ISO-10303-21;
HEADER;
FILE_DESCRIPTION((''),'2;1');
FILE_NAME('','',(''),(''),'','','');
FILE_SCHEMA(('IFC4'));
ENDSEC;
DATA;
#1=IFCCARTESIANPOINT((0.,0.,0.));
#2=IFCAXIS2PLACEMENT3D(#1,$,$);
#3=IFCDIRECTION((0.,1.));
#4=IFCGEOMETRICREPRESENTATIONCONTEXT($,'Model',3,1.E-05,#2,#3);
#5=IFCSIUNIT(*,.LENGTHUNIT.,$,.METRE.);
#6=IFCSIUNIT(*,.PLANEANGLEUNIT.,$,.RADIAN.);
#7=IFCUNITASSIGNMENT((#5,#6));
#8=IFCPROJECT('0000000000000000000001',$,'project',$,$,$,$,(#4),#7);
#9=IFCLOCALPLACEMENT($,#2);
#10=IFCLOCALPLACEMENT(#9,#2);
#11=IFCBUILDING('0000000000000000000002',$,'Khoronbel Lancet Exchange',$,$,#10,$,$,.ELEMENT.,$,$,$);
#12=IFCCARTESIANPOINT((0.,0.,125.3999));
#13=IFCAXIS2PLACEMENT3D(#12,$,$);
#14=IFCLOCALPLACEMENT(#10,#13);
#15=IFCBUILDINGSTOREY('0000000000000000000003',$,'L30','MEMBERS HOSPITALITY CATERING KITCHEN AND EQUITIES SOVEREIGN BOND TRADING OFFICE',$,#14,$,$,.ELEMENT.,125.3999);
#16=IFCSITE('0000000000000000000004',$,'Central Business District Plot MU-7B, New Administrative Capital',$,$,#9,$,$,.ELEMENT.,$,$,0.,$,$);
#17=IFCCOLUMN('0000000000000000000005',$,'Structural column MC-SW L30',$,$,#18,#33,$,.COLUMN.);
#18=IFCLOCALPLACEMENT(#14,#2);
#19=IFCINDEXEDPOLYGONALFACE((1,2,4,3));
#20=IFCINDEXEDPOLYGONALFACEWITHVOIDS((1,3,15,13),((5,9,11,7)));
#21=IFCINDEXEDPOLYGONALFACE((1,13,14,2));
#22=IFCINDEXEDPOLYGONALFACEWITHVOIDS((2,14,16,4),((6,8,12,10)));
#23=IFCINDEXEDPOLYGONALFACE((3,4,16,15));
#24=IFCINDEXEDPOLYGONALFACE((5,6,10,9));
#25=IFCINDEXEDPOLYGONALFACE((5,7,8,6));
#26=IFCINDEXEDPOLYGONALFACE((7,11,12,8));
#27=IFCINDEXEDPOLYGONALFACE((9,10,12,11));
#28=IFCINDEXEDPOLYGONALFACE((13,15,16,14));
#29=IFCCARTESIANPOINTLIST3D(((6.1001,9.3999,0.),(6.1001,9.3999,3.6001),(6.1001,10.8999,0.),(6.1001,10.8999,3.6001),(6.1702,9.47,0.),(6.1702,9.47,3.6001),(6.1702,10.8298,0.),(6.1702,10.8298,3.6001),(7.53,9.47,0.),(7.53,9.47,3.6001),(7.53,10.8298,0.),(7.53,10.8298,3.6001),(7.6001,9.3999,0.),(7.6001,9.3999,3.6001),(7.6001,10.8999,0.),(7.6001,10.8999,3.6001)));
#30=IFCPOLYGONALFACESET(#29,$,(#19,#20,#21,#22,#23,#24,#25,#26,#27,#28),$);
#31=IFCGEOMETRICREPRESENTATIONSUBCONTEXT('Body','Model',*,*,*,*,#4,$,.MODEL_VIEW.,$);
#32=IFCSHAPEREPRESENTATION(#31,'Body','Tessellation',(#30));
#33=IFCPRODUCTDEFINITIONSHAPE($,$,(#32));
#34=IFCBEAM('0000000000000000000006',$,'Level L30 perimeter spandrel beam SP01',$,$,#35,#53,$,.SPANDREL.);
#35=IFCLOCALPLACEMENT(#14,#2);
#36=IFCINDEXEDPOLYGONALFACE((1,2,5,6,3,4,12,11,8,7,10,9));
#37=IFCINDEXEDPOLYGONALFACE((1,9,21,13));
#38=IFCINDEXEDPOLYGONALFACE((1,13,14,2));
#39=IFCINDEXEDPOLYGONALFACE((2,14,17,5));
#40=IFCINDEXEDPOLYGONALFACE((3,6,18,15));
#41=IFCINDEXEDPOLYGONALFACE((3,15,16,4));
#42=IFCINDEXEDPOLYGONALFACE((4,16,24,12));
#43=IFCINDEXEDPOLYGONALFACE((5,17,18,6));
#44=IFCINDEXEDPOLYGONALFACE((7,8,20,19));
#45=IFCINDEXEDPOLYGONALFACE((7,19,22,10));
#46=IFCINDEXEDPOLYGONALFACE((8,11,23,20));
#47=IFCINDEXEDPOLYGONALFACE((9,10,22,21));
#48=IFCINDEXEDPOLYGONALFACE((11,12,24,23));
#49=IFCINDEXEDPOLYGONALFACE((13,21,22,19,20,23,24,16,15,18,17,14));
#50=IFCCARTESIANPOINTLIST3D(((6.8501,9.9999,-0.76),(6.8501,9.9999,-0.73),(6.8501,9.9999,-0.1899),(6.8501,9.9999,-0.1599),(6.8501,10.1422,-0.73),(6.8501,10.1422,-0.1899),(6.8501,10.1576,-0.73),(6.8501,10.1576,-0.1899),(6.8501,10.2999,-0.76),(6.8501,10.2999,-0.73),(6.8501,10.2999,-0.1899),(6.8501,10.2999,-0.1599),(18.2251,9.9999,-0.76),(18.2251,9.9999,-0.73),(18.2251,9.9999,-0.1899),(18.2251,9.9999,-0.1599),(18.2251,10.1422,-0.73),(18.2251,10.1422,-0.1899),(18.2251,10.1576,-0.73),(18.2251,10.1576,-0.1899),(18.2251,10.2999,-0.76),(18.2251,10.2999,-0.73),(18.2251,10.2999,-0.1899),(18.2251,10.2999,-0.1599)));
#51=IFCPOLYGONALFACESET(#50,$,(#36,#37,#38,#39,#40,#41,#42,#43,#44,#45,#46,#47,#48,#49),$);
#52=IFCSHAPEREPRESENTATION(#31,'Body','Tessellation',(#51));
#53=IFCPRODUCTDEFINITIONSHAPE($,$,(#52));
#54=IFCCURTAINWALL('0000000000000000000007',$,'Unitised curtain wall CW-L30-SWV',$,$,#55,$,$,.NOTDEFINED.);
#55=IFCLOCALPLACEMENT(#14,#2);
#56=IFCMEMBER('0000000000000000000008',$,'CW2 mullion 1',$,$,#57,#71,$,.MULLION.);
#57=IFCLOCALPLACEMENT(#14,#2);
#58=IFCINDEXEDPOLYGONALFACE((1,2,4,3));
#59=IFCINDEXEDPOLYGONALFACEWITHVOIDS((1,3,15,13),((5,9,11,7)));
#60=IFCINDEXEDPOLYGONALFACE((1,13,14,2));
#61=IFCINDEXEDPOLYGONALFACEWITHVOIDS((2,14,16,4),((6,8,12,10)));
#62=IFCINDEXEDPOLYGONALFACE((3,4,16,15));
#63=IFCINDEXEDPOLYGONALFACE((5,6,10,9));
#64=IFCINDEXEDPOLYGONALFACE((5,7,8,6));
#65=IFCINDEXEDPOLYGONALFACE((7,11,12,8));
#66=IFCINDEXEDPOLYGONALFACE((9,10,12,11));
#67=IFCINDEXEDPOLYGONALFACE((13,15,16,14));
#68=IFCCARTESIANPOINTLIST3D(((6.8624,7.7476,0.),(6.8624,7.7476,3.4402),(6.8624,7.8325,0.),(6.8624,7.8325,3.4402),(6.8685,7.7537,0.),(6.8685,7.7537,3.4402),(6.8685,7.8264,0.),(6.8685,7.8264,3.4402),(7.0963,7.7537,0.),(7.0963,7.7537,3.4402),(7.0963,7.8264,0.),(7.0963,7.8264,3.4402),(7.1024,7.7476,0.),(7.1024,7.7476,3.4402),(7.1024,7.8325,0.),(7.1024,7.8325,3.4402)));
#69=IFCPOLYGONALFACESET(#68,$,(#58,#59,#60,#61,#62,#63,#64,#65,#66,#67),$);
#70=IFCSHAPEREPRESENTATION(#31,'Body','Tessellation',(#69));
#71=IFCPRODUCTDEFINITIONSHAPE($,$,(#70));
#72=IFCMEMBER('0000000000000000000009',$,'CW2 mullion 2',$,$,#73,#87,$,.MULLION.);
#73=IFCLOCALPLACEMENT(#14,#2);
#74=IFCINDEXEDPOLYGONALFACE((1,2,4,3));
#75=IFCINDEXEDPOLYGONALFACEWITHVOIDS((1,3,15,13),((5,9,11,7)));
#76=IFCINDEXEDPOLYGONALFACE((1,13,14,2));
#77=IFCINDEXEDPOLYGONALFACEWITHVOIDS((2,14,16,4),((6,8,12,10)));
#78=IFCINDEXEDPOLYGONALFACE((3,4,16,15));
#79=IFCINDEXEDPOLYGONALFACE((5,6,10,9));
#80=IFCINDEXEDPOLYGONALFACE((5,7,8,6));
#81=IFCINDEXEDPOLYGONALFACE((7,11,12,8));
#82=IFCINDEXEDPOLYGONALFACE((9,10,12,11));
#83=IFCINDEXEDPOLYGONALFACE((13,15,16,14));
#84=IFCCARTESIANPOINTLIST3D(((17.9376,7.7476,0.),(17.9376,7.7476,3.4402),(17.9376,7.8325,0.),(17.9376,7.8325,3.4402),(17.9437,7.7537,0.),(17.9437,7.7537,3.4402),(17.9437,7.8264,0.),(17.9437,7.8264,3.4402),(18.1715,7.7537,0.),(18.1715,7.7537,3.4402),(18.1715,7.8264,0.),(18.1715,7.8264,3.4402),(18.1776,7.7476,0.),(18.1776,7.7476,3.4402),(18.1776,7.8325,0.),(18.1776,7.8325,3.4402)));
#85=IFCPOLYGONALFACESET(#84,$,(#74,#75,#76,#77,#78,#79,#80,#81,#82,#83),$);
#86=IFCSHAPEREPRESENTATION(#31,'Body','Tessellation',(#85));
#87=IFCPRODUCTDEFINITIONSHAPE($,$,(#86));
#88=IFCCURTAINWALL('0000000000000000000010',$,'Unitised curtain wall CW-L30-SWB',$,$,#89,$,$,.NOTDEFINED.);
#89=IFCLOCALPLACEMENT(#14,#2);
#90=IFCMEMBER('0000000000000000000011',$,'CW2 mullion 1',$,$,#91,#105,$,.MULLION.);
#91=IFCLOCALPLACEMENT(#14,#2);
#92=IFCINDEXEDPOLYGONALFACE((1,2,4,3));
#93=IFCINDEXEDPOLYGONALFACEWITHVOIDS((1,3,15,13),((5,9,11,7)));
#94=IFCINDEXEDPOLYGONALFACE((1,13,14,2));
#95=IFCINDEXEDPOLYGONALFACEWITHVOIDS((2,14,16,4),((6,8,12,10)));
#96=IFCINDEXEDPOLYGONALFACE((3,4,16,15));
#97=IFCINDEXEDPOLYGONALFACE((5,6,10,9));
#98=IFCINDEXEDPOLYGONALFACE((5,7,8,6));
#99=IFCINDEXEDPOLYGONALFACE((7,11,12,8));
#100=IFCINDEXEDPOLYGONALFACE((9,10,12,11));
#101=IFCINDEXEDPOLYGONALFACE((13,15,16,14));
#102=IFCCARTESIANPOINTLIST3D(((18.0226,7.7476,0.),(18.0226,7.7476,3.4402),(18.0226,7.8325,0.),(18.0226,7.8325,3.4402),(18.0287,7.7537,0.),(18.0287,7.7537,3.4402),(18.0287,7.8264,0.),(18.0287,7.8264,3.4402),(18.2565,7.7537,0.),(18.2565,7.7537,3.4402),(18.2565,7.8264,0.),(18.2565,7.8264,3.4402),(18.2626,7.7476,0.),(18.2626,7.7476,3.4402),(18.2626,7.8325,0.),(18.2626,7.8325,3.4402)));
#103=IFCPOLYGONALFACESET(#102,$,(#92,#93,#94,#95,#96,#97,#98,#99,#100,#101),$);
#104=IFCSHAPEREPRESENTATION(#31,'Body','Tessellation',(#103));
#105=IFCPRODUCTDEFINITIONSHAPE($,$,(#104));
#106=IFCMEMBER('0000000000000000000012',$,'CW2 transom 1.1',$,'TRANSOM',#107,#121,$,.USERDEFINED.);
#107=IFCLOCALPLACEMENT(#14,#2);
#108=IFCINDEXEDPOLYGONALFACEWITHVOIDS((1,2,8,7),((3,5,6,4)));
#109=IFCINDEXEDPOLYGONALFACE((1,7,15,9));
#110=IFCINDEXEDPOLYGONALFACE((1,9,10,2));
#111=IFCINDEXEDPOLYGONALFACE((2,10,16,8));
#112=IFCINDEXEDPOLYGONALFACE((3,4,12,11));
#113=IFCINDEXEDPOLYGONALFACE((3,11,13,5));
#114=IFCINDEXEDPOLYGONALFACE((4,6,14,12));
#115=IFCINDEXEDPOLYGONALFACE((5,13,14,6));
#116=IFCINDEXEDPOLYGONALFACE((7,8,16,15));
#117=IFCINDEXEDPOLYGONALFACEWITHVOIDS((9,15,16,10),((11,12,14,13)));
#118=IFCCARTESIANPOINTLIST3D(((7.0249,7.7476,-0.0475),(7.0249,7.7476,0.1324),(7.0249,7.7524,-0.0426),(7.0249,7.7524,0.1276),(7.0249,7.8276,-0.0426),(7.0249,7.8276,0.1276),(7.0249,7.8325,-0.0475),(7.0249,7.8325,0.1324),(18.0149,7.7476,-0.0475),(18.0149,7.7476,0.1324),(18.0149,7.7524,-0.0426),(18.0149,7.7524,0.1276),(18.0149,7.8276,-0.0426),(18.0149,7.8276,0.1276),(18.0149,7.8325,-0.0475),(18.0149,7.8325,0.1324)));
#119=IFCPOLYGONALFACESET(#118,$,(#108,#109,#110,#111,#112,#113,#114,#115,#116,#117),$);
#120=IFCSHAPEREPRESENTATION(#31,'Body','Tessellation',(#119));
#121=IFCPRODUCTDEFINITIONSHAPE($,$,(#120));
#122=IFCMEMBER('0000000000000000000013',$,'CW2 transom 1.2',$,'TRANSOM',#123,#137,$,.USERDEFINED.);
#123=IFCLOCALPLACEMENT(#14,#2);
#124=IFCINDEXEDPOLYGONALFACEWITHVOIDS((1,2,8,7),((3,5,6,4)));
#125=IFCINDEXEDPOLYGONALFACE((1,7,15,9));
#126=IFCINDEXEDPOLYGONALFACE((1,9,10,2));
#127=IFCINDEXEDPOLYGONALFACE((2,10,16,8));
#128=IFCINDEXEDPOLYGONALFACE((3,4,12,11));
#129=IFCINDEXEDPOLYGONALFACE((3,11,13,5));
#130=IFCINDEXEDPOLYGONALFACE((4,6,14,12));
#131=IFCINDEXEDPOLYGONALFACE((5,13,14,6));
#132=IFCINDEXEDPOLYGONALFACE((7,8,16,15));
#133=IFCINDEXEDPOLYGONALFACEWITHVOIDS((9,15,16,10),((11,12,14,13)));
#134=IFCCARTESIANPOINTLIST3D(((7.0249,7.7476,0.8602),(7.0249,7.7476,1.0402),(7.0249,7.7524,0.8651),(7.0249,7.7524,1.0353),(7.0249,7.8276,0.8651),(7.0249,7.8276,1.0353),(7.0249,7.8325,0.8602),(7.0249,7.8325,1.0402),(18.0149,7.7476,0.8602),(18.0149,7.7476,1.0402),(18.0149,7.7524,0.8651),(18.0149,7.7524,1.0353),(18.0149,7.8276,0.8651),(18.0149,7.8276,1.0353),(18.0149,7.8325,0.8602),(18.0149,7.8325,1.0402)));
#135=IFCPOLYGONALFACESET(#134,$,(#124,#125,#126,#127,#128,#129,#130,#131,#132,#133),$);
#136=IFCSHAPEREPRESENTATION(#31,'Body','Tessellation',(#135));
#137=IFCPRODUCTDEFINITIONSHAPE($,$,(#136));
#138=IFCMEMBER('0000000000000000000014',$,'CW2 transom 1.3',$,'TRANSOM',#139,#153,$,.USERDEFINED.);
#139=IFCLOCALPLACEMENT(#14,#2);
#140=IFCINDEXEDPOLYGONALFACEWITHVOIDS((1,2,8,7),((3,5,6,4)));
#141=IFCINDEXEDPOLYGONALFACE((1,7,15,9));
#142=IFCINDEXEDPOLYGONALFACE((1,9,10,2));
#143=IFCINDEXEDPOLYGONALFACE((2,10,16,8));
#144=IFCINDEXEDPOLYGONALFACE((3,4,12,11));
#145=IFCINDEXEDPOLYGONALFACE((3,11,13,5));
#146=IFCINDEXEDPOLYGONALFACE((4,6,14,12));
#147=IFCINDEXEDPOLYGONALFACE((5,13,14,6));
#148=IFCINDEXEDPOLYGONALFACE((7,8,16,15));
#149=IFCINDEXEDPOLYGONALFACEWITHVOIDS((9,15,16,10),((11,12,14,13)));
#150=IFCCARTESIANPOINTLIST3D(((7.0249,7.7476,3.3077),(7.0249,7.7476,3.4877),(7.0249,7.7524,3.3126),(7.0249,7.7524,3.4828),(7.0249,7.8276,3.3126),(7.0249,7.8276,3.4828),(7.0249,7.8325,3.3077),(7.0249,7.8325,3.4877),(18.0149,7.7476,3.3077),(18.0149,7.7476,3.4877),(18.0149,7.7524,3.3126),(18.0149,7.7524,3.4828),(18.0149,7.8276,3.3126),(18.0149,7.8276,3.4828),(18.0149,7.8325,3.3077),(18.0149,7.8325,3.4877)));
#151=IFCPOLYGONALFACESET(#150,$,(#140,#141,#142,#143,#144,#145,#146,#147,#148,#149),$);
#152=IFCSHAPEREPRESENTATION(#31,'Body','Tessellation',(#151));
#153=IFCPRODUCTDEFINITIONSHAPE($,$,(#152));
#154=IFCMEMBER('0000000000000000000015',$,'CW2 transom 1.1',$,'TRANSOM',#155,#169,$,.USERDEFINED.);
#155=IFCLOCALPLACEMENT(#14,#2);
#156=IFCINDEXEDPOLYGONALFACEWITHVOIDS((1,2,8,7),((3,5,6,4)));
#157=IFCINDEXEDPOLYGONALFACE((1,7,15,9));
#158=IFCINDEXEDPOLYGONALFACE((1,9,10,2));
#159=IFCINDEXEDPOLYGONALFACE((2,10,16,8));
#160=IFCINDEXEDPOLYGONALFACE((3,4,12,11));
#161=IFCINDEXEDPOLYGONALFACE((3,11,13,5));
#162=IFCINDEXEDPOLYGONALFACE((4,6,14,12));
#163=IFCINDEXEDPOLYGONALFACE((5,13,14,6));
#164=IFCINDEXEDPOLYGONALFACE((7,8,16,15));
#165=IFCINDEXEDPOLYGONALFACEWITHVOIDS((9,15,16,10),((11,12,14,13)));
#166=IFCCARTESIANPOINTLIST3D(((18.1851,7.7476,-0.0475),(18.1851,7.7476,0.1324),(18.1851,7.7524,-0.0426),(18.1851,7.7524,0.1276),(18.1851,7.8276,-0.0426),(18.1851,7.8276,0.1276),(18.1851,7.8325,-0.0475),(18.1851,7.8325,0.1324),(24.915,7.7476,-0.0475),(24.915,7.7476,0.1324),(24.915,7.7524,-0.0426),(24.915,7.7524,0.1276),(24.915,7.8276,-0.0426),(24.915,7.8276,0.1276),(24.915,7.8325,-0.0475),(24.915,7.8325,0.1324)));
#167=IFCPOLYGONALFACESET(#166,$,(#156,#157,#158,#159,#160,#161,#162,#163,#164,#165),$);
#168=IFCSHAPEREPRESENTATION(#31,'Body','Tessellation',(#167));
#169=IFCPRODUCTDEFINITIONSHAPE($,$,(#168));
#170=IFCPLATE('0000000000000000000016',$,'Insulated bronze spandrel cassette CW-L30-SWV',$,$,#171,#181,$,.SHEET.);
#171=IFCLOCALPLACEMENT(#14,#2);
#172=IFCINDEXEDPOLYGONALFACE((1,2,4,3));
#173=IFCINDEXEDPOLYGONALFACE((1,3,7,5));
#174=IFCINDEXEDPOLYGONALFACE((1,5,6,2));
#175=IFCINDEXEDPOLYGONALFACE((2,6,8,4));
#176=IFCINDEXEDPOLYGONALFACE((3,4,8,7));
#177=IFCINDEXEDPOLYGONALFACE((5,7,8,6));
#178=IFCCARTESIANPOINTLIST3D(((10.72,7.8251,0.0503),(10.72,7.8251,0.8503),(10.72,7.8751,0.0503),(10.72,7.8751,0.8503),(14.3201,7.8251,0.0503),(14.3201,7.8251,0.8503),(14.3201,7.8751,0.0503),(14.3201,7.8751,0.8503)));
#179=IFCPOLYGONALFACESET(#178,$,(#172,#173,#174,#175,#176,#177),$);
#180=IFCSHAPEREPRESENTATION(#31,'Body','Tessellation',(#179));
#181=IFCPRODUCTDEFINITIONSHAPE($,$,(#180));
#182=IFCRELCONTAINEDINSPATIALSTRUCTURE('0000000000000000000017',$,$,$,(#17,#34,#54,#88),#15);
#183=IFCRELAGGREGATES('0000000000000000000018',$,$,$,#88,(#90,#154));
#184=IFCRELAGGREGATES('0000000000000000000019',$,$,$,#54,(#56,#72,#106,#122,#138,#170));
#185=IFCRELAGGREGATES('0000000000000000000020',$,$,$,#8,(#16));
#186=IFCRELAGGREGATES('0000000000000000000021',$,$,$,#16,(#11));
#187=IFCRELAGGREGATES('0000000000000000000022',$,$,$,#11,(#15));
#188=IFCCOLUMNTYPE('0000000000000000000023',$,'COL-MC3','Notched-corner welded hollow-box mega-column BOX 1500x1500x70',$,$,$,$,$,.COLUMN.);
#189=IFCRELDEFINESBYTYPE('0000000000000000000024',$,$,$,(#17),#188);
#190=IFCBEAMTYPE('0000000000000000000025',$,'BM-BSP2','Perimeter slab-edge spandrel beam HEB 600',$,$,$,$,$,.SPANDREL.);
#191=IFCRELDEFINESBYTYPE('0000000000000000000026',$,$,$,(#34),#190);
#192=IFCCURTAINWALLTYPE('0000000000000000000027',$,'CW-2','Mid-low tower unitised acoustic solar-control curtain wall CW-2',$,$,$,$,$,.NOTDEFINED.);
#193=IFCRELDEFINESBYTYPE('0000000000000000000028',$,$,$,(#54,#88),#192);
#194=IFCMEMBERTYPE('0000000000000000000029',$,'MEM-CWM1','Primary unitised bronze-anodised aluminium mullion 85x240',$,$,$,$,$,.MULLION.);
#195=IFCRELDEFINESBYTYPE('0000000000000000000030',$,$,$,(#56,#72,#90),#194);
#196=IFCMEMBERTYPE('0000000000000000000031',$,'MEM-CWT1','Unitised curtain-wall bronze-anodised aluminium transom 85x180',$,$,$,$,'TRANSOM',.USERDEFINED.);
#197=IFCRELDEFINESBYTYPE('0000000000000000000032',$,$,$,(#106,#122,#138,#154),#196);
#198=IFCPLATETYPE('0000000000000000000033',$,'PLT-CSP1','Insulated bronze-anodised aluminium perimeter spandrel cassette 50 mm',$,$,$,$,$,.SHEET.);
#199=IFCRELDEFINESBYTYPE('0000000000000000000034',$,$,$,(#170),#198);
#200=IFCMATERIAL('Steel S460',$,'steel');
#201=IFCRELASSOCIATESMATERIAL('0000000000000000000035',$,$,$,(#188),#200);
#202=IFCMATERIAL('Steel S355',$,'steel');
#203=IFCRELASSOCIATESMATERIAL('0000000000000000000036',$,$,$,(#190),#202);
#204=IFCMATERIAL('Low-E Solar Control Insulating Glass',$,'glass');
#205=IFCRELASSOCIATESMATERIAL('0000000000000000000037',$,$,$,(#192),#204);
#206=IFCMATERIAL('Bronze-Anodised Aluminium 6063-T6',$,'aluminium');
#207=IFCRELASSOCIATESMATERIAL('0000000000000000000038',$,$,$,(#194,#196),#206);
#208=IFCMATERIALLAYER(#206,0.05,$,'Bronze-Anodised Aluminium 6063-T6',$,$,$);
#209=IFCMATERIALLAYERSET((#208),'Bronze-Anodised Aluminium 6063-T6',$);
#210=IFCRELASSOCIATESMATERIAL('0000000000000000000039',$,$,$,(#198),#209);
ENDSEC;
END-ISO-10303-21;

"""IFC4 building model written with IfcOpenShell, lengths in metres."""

from ifc_helpers import new_model, si_unit, direction, frame, origin, origin_2d, place, context, subcontext, project, spatial, rectangle, hollow_rectangle, i_section, extrude, material, layer, layer_set, material_profile, profile_set, type_object, element, aggregate, save


model = new_model("IFC4")

# Units and contexts
model_context = context("Model", 3, precision=1e-05, world=origin(), true_north=direction((0.0, 1.0)))
body_context = subcontext(model_context, "Body", "Model", "MODEL_VIEW")
ifc_project = project(units=[si_unit("LENGTHUNIT", "METRE"), si_unit("PLANEANGLEUNIT", "RADIAN")], contexts=[model_context])

# Site, building, storey
site_placement = place(None, origin())
site = spatial("IfcSite", under=ifc_project, at=site_placement, Name="Central Business District Plot MU-7B, New Administrative Capital", CompositionType="ELEMENT", RefElevation=0.0)
building_placement = place(site_placement, origin())
building = spatial("IfcBuilding", under=site, at=building_placement, Name="Khoronbel Lancet Exchange", CompositionType="ELEMENT")
storey_placement = place(building_placement, frame((0.0, 0.0, 125.3999)))
storey = spatial("IfcBuildingStorey", under=building, at=storey_placement, Name="L30", Description="MEMBERS HOSPITALITY CATERING KITCHEN AND EQUITIES SOVEREIGN BOND TRADING OFFICE", CompositionType="ELEMENT", Elevation=125.3999)

# Column
ifc_material_1 = material(Name="Steel S460", Category="steel")
ifc_material_profile_1 = material_profile(ifc_material_1, hollow_rectangle(XDim=1.5, YDim=1.5, WallThickness=0.0701, at=origin_2d()), Name="BOX 1500x1500x70")
ifc_profile_set_1 = profile_set([ifc_material_profile_1], Name="Steel S460")
column_type = type_object("IfcColumnType", Name="COL-MC3", Description="Notched-corner welded hollow-box mega-column BOX 1500x1500x70", PredefinedType="COLUMN", material=ifc_profile_set_1)
column_placement = place(storey_placement, frame((6.8501, 10.1499, 0.0), z_axis=(0.0, 0.0, 1.0), x_axis=(1.0, 0.0, 0.0)))
element("IfcColumn", 1, at=column_placement, inside=storey, type_object=column_type, Name="Structural column MC-SW L30", PredefinedType="COLUMN", context=body_context, shape_type="SweptSolid", body=[
    extrude(hollow_rectangle(XDim=1.5, YDim=1.5, WallThickness=0.0701, at=origin_2d()), origin(), (0.0, 0.0, 1.0), 3.6001),
])

# Beam
ifc_material_2 = material(Name="Steel S355", Category="steel")
ifc_material_profile_2 = material_profile(ifc_material_2, i_section(OverallWidth=0.3, OverallDepth=0.6001, WebThickness=0.0154, FlangeThickness=0.03, at=origin_2d()), Name="HEB 600")
ifc_profile_set_2 = profile_set([ifc_material_profile_2], Name="Steel S355")
beam_type = type_object("IfcBeamType", Name="BM-BSP2", Description="Perimeter slab-edge spandrel beam HEB 600", PredefinedType="SPANDREL", material=ifc_profile_set_2)
beam_placement = place(storey_placement, frame((6.8501, 10.1499, -0.46), z_axis=(1.0, 0.0, 0.0), x_axis=(0.0, 1.0, 0.0)))
element("IfcBeam", 2, at=beam_placement, inside=storey, type_object=beam_type, Name="Level L30 perimeter spandrel beam SP01", PredefinedType="SPANDREL", context=body_context, shape_type="SweptSolid", body=[
    extrude(i_section(OverallWidth=0.3, OverallDepth=0.6001, WebThickness=0.0154, FlangeThickness=0.03, at=origin_2d()), origin(), (0.0, 0.0, 1.0), 11.375),
])

# Curtain wall, members
ifc_material_3 = material(Name="Low-E Solar Control Insulating Glass", Category="glass")
curtain_wall_type = type_object("IfcCurtainWallType", Name="CW-2", Description="Mid-low tower unitised acoustic solar-control curtain wall CW-2", PredefinedType="NOTDEFINED", material=ifc_material_3)
curtain_wall_1_placement = place(storey_placement, origin())
curtain_wall_1 = element("IfcCurtainWall", 3, at=curtain_wall_1_placement, inside=storey, type_object=curtain_wall_type, Name="Unitised curtain wall CW-L30-SWV", PredefinedType="NOTDEFINED")
ifc_material_4 = material(Name="Bronze-Anodised Aluminium 6063-T6", Category="aluminium")
ifc_material_profile_3 = material_profile(ifc_material_4, hollow_rectangle(XDim=0.085, YDim=0.24, WallThickness=0.0061, at=origin_2d()), Name="ALU MULLION 85x240")
ifc_profile_set_3 = profile_set([ifc_material_profile_3], Name="Bronze-Anodised Aluminium 6063-T6")
member_type_1 = type_object("IfcMemberType", Name="MEM-CWM1", Description="Primary unitised bronze-anodised aluminium mullion 85x240", PredefinedType="MULLION", material=ifc_profile_set_3)
member_1_placement = place(storey_placement, frame((6.9824, 7.79, 0.0), z_axis=(0.0, 0.0, 1.0), x_axis=(0.0, 1.0, 0.0)))
member_1 = element("IfcMember", 4, at=member_1_placement, type_object=member_type_1, Name="CW2 mullion 1", PredefinedType="MULLION", context=body_context, shape_type="SweptSolid", body=[
    extrude(hollow_rectangle(XDim=0.085, YDim=0.24, WallThickness=0.0061, at=origin_2d()), origin(), (0.0, 0.0, 1.0), 3.4402),
])
member_2_placement = place(storey_placement, frame((18.0576, 7.79, 0.0), z_axis=(0.0, 0.0, 1.0), x_axis=(0.0, 1.0, 0.0)))
member_2 = element("IfcMember", 5, at=member_2_placement, type_object=member_type_1, Name="CW2 mullion 2", PredefinedType="MULLION", context=body_context, shape_type="SweptSolid", body=[
    extrude(hollow_rectangle(XDim=0.085, YDim=0.24, WallThickness=0.0061, at=origin_2d()), origin(), (0.0, 0.0, 1.0), 3.4402),
])

# Curtain wall, member
curtain_wall_2_placement = place(storey_placement, origin())
curtain_wall_2 = element("IfcCurtainWall", 6, at=curtain_wall_2_placement, inside=storey, type_object=curtain_wall_type, Name="Unitised curtain wall CW-L30-SWB", PredefinedType="NOTDEFINED")
member_3_placement = place(storey_placement, frame((18.1426, 7.79, 0.0), z_axis=(0.0, 0.0, 1.0), x_axis=(0.0, 1.0, 0.0)))
member_3 = element("IfcMember", 7, at=member_3_placement, type_object=member_type_1, Name="CW2 mullion 1", PredefinedType="MULLION", context=body_context, shape_type="SweptSolid", body=[
    extrude(hollow_rectangle(XDim=0.085, YDim=0.24, WallThickness=0.0061, at=origin_2d()), origin(), (0.0, 0.0, 1.0), 3.4402),
])

# Members
ifc_material_profile_4 = material_profile(ifc_material_4, hollow_rectangle(XDim=0.085, YDim=0.1799, WallThickness=0.0049, at=origin_2d()), Name="ALU TRANSOM 85x180")
ifc_profile_set_4 = profile_set([ifc_material_profile_4], Name="Bronze-Anodised Aluminium 6063-T6")
member_type_2 = type_object("IfcMemberType", Name="MEM-CWT1", Description="Unitised curtain-wall bronze-anodised aluminium transom 85x180", ElementType="TRANSOM", PredefinedType="USERDEFINED", material=ifc_profile_set_4)
member_4_placement = place(storey_placement, frame((7.0249, 7.79, 0.0425), z_axis=(1.0, 0.0, 0.0), x_axis=(0.0, 1.0, 0.0)))
member_4 = element("IfcMember", 8, at=member_4_placement, type_object=member_type_2, Name="CW2 transom 1.1", ObjectType="TRANSOM", PredefinedType="USERDEFINED", context=body_context, shape_type="SweptSolid", body=[
    extrude(hollow_rectangle(XDim=0.085, YDim=0.1799, WallThickness=0.0049, at=origin_2d()), origin(), (0.0, 0.0, 1.0), 10.99),
])
member_5_placement = place(storey_placement, frame((7.0249, 7.79, 0.9502), z_axis=(1.0, 0.0, 0.0), x_axis=(0.0, 1.0, 0.0)))
member_5 = element("IfcMember", 9, at=member_5_placement, type_object=member_type_2, Name="CW2 transom 1.2", ObjectType="TRANSOM", PredefinedType="USERDEFINED", context=body_context, shape_type="SweptSolid", body=[
    extrude(hollow_rectangle(XDim=0.085, YDim=0.1799, WallThickness=0.0049, at=origin_2d()), origin(), (0.0, 0.0, 1.0), 10.99),
])
member_6_placement = place(storey_placement, frame((7.0249, 7.79, 3.3977), z_axis=(1.0, 0.0, 0.0), x_axis=(0.0, 1.0, 0.0)))
member_6 = element("IfcMember", 10, at=member_6_placement, type_object=member_type_2, Name="CW2 transom 1.3", ObjectType="TRANSOM", PredefinedType="USERDEFINED", context=body_context, shape_type="SweptSolid", body=[
    extrude(hollow_rectangle(XDim=0.085, YDim=0.1799, WallThickness=0.0049, at=origin_2d()), origin(), (0.0, 0.0, 1.0), 10.99),
])
member_7_placement = place(storey_placement, frame((18.1851, 7.79, 0.0425), z_axis=(1.0, 0.0, 0.0), x_axis=(0.0, 1.0, 0.0)))
member_7 = element("IfcMember", 11, at=member_7_placement, type_object=member_type_2, Name="CW2 transom 1.1", ObjectType="TRANSOM", PredefinedType="USERDEFINED", context=body_context, shape_type="SweptSolid", body=[
    extrude(hollow_rectangle(XDim=0.085, YDim=0.1799, WallThickness=0.0049, at=origin_2d()), origin(), (0.0, 0.0, 1.0), 6.73),
])
aggregate(curtain_wall_2, [member_3, member_7])

# Plate
ifc_layer_1 = layer(ifc_material_4, 0.05, Name="Bronze-Anodised Aluminium 6063-T6")
ifc_layer_set_1 = layer_set([ifc_layer_1], Name="Bronze-Anodised Aluminium 6063-T6")
plate_type_1 = type_object("IfcPlateType", Name="PLT-CSP1", Description="Insulated bronze-anodised aluminium perimeter spandrel cassette 50 mm", PredefinedType="SHEET", material=ifc_layer_set_1)
plate_1_placement = place(storey_placement, frame((12.52, 7.8501, 0.0503), z_axis=(0.0, 0.0, 1.0), x_axis=(1.0, 0.0, 0.0)))
plate_1 = element("IfcPlate", 12, at=plate_1_placement, type_object=plate_type_1, Name="Insulated bronze spandrel cassette CW-L30-SWV", PredefinedType="SHEET", context=body_context, shape_type="SweptSolid", body=[
    extrude(rectangle(XDim=3.6001, YDim=0.05, at=origin_2d()), origin(), (0.0, 0.0, 1.0), 0.8),
])
aggregate(curtain_wall_1, [member_1, member_2, member_4, member_5, member_6, plate_1])

save(model, "model.ifc")
